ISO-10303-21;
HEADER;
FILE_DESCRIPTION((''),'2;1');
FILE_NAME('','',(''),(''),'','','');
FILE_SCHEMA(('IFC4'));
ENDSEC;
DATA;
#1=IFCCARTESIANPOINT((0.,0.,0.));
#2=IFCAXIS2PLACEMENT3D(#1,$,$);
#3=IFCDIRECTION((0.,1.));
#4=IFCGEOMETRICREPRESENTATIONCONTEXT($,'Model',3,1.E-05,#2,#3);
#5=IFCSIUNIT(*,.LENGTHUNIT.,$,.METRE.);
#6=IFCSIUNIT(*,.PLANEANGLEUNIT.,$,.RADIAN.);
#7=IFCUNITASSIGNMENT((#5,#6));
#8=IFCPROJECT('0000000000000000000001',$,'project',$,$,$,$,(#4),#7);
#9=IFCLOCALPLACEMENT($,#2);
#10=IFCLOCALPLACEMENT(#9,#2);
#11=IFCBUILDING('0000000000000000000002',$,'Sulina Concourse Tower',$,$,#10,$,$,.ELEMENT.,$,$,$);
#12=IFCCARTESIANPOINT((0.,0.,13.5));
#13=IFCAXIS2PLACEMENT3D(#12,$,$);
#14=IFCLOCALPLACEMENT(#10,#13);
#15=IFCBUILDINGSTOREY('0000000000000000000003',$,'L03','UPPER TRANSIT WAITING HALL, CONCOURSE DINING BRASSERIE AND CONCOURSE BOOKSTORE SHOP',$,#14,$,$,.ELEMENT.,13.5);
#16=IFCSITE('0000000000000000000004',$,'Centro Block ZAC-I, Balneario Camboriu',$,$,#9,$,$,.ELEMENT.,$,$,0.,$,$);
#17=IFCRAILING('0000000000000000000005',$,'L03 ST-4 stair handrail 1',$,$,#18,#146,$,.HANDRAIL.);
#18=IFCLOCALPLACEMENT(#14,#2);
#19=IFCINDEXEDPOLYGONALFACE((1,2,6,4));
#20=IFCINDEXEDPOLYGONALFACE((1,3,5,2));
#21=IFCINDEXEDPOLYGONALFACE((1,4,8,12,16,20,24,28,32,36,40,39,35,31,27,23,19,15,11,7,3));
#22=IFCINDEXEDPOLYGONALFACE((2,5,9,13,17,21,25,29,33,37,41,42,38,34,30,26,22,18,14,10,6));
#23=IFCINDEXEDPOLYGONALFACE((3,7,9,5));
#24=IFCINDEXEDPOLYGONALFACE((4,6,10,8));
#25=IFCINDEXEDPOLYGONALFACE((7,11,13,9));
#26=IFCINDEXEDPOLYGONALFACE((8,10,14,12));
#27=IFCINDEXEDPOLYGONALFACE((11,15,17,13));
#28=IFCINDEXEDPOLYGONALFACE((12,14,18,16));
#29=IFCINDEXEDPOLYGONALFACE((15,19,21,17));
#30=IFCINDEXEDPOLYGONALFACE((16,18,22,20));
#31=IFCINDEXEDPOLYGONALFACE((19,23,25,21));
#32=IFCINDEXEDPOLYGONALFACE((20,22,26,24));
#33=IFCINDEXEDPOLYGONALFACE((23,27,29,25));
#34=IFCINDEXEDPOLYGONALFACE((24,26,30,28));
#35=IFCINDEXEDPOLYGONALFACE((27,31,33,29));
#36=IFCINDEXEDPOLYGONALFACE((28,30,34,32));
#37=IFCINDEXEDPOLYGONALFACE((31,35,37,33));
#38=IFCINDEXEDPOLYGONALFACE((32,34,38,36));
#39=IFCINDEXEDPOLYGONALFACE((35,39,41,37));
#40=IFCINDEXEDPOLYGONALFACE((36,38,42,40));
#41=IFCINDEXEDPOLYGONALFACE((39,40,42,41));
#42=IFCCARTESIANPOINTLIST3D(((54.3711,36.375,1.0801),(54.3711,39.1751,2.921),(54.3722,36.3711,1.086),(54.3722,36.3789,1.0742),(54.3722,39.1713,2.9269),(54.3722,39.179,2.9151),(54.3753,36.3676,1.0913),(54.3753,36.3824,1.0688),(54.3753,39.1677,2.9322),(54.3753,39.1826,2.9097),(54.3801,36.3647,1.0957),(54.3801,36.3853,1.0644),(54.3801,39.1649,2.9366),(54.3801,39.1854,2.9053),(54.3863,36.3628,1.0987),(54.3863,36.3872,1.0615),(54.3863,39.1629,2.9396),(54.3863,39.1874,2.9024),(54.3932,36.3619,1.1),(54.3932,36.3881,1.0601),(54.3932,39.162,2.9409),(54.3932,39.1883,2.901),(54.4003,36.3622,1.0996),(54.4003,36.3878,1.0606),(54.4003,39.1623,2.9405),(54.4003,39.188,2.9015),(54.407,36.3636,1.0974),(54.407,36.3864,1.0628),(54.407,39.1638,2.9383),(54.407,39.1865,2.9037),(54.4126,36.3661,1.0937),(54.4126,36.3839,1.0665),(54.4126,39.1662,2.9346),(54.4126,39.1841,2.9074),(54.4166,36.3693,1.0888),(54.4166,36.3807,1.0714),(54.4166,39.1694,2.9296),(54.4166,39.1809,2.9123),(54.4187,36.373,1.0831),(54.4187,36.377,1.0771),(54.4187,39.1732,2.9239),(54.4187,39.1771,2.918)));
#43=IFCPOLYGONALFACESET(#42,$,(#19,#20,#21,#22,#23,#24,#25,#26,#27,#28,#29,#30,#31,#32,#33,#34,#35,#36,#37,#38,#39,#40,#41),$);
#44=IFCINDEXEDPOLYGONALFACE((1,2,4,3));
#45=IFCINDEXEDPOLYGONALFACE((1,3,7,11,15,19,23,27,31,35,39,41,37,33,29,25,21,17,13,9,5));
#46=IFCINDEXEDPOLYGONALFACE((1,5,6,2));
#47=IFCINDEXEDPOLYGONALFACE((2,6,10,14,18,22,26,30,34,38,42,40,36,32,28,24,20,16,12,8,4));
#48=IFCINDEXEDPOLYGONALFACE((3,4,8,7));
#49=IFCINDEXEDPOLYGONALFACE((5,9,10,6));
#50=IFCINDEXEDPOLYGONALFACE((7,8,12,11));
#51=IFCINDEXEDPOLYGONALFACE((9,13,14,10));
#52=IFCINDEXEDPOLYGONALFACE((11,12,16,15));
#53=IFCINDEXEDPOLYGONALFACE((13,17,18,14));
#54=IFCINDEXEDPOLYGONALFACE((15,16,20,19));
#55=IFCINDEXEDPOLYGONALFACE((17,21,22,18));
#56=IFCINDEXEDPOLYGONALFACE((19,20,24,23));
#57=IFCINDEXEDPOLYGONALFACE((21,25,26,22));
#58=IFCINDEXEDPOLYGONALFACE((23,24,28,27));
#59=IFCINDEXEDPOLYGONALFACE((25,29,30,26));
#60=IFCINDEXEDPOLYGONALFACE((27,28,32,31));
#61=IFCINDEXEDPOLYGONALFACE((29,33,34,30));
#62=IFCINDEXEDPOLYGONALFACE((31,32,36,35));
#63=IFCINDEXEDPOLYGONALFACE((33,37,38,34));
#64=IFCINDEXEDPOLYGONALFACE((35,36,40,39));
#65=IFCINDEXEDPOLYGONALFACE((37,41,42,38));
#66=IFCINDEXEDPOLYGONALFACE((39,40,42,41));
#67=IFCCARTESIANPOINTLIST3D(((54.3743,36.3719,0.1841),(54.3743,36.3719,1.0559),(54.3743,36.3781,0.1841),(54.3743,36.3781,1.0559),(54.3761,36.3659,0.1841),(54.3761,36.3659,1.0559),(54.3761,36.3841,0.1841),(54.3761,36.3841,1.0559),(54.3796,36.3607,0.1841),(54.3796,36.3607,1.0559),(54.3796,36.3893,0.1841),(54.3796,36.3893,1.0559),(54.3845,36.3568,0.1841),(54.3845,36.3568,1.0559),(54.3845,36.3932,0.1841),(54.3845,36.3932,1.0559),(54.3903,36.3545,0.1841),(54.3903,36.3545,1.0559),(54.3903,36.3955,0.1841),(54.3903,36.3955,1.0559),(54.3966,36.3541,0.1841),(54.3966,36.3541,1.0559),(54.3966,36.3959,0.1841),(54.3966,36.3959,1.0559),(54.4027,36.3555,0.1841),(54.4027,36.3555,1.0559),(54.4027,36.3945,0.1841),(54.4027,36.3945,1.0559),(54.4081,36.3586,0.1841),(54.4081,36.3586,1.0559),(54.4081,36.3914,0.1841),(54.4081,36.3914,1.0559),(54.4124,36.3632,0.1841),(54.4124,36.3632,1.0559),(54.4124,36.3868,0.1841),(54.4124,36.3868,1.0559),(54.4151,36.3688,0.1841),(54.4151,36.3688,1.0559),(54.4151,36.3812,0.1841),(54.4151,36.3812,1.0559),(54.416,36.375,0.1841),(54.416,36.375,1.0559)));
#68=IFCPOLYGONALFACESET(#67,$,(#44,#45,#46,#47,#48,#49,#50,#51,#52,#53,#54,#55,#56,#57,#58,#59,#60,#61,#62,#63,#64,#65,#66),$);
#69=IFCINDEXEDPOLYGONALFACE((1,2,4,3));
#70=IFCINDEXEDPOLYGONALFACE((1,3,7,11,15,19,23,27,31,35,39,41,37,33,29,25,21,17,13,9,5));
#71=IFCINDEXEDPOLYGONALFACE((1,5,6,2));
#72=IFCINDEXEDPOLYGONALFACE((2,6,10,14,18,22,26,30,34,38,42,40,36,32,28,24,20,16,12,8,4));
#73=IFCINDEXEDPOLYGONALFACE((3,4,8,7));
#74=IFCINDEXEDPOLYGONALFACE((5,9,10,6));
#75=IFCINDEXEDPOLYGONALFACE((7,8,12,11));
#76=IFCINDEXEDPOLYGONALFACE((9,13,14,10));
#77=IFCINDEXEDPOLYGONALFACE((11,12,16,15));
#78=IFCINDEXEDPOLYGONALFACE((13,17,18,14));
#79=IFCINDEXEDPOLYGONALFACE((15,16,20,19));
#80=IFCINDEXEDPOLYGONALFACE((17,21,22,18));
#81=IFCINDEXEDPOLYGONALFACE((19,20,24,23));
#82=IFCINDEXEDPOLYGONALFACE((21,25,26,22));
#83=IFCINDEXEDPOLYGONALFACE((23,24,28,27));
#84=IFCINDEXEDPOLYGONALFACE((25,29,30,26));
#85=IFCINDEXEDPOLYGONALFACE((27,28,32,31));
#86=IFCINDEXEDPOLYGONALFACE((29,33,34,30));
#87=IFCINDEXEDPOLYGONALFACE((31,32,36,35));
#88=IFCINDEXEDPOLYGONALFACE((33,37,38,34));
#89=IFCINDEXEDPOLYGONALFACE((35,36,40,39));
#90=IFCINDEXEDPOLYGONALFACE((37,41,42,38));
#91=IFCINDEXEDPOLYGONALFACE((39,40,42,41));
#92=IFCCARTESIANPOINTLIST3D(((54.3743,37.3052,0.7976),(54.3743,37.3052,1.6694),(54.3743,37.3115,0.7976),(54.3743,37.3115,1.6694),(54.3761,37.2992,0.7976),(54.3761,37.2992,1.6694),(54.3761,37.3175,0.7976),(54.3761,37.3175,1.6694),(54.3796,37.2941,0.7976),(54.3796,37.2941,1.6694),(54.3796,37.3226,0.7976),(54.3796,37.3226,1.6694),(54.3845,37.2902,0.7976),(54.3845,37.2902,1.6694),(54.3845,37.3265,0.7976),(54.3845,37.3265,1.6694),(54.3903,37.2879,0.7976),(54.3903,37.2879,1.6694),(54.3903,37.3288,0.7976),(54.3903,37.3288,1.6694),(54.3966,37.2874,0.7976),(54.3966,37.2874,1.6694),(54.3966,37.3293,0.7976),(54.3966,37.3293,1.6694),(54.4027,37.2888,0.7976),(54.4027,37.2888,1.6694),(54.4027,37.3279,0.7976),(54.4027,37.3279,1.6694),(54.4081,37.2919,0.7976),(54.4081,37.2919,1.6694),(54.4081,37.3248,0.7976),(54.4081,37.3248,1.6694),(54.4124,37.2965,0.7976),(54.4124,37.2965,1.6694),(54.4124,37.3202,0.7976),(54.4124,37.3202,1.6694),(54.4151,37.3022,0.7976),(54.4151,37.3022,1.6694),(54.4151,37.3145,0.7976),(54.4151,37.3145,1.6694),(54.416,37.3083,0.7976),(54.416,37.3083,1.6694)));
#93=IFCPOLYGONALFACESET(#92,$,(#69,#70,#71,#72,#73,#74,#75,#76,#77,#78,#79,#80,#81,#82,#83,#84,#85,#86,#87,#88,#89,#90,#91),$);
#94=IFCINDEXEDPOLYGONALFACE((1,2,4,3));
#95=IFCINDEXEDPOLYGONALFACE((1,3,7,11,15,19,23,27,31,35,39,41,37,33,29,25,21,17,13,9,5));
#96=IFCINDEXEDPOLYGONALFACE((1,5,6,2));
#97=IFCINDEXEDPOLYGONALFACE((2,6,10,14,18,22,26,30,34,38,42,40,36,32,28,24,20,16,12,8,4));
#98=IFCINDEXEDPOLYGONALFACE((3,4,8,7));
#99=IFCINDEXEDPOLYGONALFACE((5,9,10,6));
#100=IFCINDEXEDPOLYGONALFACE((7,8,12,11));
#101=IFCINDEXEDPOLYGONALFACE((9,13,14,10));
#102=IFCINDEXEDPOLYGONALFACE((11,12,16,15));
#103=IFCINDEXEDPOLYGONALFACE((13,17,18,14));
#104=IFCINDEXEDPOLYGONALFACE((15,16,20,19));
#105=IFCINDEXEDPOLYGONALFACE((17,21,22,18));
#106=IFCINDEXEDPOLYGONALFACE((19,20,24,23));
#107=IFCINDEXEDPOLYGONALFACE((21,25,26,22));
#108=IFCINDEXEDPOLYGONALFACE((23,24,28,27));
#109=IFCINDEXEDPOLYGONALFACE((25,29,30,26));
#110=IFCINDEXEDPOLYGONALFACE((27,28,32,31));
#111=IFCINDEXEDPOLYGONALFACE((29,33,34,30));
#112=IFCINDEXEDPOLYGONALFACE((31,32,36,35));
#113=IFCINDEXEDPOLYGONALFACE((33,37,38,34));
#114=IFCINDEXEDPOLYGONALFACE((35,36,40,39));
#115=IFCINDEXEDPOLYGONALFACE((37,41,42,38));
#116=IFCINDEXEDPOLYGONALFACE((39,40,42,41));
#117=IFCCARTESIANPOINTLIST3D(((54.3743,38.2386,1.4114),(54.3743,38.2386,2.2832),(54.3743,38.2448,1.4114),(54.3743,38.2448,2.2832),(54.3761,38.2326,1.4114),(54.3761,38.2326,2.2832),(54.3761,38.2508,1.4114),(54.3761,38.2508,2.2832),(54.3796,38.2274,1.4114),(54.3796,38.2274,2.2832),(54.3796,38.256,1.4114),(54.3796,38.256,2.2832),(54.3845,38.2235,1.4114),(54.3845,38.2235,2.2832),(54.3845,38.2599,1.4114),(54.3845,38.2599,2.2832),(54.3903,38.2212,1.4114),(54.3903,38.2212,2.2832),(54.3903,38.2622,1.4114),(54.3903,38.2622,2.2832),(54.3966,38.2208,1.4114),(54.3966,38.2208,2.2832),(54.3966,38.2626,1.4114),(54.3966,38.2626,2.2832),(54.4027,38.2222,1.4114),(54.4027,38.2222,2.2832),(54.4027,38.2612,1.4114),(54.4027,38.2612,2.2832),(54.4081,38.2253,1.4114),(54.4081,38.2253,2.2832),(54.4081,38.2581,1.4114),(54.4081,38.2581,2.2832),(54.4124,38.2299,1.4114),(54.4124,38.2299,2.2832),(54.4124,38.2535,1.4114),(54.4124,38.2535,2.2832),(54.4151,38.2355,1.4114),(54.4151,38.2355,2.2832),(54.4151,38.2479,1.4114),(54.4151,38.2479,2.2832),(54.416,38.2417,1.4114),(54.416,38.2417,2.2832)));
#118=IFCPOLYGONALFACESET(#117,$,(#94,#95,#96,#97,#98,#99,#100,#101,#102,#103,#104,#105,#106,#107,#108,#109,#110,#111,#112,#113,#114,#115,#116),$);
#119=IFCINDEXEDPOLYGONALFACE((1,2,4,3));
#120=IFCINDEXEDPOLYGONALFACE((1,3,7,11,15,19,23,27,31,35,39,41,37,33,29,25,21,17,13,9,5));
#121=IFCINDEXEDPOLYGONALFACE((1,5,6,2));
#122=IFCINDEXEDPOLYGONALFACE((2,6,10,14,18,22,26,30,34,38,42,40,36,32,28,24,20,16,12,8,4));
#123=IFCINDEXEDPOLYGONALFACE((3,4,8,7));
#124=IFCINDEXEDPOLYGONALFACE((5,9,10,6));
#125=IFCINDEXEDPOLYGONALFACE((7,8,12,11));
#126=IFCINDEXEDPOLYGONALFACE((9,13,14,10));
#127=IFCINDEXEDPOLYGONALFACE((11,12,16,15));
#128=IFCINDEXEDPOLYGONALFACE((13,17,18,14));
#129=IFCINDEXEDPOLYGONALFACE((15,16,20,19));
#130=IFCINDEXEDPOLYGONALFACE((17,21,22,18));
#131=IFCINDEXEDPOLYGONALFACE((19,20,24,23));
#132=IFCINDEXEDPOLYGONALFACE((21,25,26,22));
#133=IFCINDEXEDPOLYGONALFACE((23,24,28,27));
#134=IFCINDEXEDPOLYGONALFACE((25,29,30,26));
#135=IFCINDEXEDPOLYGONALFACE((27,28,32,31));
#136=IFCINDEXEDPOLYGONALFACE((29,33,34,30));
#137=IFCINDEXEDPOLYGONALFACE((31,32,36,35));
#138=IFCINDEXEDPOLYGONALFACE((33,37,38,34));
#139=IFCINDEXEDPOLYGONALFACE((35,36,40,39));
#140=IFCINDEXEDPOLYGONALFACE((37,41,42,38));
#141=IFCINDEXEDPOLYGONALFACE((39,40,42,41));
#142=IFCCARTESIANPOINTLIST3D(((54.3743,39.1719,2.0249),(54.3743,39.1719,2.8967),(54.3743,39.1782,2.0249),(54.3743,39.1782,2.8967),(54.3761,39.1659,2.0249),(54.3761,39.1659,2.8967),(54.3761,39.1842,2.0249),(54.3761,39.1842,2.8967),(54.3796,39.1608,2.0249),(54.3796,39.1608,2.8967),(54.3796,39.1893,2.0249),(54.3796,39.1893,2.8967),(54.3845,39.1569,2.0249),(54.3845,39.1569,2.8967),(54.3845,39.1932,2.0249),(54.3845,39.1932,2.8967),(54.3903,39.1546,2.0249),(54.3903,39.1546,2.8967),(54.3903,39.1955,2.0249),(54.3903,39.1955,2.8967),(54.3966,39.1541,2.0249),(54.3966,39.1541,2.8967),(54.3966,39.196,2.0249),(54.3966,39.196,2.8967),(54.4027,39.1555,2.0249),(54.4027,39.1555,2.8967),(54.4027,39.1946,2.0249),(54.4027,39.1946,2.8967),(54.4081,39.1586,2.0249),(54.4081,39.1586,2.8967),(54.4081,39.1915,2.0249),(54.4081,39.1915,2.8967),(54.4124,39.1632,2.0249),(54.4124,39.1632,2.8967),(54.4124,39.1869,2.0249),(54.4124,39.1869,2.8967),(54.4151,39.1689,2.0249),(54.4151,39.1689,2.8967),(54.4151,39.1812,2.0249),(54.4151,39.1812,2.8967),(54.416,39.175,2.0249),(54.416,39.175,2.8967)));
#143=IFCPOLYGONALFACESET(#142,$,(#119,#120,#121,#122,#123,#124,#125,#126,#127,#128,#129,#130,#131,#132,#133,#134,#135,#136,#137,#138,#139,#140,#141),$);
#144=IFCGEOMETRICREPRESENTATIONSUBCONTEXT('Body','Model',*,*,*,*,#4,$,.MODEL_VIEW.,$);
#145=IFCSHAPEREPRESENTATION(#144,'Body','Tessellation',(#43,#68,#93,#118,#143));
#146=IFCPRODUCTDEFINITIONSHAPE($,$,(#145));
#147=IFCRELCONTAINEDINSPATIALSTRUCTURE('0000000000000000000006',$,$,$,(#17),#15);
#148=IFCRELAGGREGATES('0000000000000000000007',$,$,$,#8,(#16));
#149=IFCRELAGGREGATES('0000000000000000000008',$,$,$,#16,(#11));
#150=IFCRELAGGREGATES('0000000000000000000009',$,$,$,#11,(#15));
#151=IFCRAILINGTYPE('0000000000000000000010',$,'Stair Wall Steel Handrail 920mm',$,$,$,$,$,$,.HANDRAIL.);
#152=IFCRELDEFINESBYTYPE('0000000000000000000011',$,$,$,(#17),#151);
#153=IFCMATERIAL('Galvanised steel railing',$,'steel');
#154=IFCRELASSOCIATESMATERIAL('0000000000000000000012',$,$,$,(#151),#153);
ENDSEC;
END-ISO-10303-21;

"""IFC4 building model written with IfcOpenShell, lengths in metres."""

from ifc_helpers import new_model, si_unit, direction, frame, origin, origin_2d, place, context, subcontext, project, spatial, circle, extrude, material, type_object, element, save


model = new_model("IFC4")

# Units and contexts
model_context = context("Model", 3, precision=1e-05, world=origin(), true_north=direction((0.0, 1.0)))
body_context = subcontext(model_context, "Body", "Model", "MODEL_VIEW")
ifc_project = project(units=[si_unit("LENGTHUNIT", "METRE"), si_unit("PLANEANGLEUNIT", "RADIAN")], contexts=[model_context])

# Site, building, storey
site_placement = place(None, origin())
site = spatial("IfcSite", under=ifc_project, at=site_placement, Name="Centro Block ZAC-I, Balneario Camboriu", CompositionType="ELEMENT", RefElevation=0.0)
building_placement = place(site_placement, origin())
building = spatial("IfcBuilding", under=site, at=building_placement, Name="Sulina Concourse Tower", CompositionType="ELEMENT")
storey_placement = place(building_placement, frame((0.0, 0.0, 13.5)))
storey = spatial("IfcBuildingStorey", under=building, at=storey_placement, Name="L03", Description="UPPER TRANSIT WAITING HALL, CONCOURSE DINING BRASSERIE AND CONCOURSE BOOKSTORE SHOP", CompositionType="ELEMENT", Elevation=13.5)

# Railing
ifc_material_1 = material(Name="Galvanised steel railing", Category="steel")
railing_type_1 = type_object("IfcRailingType", Name="Stair Wall Steel Handrail 920mm", PredefinedType="HANDRAIL", material=ifc_material_1)
for number, where, name in (
    (1, (54.395, 36.375, 0.1841), "L03 ST-4 stair handrail 1"),
):
    element("IfcRailing", number, at=place(storey_placement, frame(where)), inside=storey, type_object=railing_type_1, Name=name, PredefinedType="HANDRAIL", context=body_context, shape_type="SweptSolid", body=[
        extrude(circle(Radius=0.0239, at=origin_2d()), frame((0.0, 0.0, 0.896), z_axis=(0.0, 0.835598, 0.549342), x_axis=(-1.0, 0.0, 0.0)), (0.0, 0.0, 1.0), 3.3511),
        extrude(circle(Radius=0.021, at=origin_2d()), origin(), (0.0, 0.0, 1.0), 0.8718),
        extrude(circle(Radius=0.021, at=origin_2d()), frame((0.0, 0.9333, 0.6135)), (0.0, 0.0, 1.0), 0.8718),
        extrude(circle(Radius=0.021, at=origin_2d()), frame((0.0, 1.8667, 1.2273)), (0.0, 0.0, 1.0), 0.8718),
        extrude(circle(Radius=0.021, at=origin_2d()), frame((0.0, 2.8, 1.8408)), (0.0, 0.0, 1.0), 0.8718),
    ])

save(model, "model.ifc")
